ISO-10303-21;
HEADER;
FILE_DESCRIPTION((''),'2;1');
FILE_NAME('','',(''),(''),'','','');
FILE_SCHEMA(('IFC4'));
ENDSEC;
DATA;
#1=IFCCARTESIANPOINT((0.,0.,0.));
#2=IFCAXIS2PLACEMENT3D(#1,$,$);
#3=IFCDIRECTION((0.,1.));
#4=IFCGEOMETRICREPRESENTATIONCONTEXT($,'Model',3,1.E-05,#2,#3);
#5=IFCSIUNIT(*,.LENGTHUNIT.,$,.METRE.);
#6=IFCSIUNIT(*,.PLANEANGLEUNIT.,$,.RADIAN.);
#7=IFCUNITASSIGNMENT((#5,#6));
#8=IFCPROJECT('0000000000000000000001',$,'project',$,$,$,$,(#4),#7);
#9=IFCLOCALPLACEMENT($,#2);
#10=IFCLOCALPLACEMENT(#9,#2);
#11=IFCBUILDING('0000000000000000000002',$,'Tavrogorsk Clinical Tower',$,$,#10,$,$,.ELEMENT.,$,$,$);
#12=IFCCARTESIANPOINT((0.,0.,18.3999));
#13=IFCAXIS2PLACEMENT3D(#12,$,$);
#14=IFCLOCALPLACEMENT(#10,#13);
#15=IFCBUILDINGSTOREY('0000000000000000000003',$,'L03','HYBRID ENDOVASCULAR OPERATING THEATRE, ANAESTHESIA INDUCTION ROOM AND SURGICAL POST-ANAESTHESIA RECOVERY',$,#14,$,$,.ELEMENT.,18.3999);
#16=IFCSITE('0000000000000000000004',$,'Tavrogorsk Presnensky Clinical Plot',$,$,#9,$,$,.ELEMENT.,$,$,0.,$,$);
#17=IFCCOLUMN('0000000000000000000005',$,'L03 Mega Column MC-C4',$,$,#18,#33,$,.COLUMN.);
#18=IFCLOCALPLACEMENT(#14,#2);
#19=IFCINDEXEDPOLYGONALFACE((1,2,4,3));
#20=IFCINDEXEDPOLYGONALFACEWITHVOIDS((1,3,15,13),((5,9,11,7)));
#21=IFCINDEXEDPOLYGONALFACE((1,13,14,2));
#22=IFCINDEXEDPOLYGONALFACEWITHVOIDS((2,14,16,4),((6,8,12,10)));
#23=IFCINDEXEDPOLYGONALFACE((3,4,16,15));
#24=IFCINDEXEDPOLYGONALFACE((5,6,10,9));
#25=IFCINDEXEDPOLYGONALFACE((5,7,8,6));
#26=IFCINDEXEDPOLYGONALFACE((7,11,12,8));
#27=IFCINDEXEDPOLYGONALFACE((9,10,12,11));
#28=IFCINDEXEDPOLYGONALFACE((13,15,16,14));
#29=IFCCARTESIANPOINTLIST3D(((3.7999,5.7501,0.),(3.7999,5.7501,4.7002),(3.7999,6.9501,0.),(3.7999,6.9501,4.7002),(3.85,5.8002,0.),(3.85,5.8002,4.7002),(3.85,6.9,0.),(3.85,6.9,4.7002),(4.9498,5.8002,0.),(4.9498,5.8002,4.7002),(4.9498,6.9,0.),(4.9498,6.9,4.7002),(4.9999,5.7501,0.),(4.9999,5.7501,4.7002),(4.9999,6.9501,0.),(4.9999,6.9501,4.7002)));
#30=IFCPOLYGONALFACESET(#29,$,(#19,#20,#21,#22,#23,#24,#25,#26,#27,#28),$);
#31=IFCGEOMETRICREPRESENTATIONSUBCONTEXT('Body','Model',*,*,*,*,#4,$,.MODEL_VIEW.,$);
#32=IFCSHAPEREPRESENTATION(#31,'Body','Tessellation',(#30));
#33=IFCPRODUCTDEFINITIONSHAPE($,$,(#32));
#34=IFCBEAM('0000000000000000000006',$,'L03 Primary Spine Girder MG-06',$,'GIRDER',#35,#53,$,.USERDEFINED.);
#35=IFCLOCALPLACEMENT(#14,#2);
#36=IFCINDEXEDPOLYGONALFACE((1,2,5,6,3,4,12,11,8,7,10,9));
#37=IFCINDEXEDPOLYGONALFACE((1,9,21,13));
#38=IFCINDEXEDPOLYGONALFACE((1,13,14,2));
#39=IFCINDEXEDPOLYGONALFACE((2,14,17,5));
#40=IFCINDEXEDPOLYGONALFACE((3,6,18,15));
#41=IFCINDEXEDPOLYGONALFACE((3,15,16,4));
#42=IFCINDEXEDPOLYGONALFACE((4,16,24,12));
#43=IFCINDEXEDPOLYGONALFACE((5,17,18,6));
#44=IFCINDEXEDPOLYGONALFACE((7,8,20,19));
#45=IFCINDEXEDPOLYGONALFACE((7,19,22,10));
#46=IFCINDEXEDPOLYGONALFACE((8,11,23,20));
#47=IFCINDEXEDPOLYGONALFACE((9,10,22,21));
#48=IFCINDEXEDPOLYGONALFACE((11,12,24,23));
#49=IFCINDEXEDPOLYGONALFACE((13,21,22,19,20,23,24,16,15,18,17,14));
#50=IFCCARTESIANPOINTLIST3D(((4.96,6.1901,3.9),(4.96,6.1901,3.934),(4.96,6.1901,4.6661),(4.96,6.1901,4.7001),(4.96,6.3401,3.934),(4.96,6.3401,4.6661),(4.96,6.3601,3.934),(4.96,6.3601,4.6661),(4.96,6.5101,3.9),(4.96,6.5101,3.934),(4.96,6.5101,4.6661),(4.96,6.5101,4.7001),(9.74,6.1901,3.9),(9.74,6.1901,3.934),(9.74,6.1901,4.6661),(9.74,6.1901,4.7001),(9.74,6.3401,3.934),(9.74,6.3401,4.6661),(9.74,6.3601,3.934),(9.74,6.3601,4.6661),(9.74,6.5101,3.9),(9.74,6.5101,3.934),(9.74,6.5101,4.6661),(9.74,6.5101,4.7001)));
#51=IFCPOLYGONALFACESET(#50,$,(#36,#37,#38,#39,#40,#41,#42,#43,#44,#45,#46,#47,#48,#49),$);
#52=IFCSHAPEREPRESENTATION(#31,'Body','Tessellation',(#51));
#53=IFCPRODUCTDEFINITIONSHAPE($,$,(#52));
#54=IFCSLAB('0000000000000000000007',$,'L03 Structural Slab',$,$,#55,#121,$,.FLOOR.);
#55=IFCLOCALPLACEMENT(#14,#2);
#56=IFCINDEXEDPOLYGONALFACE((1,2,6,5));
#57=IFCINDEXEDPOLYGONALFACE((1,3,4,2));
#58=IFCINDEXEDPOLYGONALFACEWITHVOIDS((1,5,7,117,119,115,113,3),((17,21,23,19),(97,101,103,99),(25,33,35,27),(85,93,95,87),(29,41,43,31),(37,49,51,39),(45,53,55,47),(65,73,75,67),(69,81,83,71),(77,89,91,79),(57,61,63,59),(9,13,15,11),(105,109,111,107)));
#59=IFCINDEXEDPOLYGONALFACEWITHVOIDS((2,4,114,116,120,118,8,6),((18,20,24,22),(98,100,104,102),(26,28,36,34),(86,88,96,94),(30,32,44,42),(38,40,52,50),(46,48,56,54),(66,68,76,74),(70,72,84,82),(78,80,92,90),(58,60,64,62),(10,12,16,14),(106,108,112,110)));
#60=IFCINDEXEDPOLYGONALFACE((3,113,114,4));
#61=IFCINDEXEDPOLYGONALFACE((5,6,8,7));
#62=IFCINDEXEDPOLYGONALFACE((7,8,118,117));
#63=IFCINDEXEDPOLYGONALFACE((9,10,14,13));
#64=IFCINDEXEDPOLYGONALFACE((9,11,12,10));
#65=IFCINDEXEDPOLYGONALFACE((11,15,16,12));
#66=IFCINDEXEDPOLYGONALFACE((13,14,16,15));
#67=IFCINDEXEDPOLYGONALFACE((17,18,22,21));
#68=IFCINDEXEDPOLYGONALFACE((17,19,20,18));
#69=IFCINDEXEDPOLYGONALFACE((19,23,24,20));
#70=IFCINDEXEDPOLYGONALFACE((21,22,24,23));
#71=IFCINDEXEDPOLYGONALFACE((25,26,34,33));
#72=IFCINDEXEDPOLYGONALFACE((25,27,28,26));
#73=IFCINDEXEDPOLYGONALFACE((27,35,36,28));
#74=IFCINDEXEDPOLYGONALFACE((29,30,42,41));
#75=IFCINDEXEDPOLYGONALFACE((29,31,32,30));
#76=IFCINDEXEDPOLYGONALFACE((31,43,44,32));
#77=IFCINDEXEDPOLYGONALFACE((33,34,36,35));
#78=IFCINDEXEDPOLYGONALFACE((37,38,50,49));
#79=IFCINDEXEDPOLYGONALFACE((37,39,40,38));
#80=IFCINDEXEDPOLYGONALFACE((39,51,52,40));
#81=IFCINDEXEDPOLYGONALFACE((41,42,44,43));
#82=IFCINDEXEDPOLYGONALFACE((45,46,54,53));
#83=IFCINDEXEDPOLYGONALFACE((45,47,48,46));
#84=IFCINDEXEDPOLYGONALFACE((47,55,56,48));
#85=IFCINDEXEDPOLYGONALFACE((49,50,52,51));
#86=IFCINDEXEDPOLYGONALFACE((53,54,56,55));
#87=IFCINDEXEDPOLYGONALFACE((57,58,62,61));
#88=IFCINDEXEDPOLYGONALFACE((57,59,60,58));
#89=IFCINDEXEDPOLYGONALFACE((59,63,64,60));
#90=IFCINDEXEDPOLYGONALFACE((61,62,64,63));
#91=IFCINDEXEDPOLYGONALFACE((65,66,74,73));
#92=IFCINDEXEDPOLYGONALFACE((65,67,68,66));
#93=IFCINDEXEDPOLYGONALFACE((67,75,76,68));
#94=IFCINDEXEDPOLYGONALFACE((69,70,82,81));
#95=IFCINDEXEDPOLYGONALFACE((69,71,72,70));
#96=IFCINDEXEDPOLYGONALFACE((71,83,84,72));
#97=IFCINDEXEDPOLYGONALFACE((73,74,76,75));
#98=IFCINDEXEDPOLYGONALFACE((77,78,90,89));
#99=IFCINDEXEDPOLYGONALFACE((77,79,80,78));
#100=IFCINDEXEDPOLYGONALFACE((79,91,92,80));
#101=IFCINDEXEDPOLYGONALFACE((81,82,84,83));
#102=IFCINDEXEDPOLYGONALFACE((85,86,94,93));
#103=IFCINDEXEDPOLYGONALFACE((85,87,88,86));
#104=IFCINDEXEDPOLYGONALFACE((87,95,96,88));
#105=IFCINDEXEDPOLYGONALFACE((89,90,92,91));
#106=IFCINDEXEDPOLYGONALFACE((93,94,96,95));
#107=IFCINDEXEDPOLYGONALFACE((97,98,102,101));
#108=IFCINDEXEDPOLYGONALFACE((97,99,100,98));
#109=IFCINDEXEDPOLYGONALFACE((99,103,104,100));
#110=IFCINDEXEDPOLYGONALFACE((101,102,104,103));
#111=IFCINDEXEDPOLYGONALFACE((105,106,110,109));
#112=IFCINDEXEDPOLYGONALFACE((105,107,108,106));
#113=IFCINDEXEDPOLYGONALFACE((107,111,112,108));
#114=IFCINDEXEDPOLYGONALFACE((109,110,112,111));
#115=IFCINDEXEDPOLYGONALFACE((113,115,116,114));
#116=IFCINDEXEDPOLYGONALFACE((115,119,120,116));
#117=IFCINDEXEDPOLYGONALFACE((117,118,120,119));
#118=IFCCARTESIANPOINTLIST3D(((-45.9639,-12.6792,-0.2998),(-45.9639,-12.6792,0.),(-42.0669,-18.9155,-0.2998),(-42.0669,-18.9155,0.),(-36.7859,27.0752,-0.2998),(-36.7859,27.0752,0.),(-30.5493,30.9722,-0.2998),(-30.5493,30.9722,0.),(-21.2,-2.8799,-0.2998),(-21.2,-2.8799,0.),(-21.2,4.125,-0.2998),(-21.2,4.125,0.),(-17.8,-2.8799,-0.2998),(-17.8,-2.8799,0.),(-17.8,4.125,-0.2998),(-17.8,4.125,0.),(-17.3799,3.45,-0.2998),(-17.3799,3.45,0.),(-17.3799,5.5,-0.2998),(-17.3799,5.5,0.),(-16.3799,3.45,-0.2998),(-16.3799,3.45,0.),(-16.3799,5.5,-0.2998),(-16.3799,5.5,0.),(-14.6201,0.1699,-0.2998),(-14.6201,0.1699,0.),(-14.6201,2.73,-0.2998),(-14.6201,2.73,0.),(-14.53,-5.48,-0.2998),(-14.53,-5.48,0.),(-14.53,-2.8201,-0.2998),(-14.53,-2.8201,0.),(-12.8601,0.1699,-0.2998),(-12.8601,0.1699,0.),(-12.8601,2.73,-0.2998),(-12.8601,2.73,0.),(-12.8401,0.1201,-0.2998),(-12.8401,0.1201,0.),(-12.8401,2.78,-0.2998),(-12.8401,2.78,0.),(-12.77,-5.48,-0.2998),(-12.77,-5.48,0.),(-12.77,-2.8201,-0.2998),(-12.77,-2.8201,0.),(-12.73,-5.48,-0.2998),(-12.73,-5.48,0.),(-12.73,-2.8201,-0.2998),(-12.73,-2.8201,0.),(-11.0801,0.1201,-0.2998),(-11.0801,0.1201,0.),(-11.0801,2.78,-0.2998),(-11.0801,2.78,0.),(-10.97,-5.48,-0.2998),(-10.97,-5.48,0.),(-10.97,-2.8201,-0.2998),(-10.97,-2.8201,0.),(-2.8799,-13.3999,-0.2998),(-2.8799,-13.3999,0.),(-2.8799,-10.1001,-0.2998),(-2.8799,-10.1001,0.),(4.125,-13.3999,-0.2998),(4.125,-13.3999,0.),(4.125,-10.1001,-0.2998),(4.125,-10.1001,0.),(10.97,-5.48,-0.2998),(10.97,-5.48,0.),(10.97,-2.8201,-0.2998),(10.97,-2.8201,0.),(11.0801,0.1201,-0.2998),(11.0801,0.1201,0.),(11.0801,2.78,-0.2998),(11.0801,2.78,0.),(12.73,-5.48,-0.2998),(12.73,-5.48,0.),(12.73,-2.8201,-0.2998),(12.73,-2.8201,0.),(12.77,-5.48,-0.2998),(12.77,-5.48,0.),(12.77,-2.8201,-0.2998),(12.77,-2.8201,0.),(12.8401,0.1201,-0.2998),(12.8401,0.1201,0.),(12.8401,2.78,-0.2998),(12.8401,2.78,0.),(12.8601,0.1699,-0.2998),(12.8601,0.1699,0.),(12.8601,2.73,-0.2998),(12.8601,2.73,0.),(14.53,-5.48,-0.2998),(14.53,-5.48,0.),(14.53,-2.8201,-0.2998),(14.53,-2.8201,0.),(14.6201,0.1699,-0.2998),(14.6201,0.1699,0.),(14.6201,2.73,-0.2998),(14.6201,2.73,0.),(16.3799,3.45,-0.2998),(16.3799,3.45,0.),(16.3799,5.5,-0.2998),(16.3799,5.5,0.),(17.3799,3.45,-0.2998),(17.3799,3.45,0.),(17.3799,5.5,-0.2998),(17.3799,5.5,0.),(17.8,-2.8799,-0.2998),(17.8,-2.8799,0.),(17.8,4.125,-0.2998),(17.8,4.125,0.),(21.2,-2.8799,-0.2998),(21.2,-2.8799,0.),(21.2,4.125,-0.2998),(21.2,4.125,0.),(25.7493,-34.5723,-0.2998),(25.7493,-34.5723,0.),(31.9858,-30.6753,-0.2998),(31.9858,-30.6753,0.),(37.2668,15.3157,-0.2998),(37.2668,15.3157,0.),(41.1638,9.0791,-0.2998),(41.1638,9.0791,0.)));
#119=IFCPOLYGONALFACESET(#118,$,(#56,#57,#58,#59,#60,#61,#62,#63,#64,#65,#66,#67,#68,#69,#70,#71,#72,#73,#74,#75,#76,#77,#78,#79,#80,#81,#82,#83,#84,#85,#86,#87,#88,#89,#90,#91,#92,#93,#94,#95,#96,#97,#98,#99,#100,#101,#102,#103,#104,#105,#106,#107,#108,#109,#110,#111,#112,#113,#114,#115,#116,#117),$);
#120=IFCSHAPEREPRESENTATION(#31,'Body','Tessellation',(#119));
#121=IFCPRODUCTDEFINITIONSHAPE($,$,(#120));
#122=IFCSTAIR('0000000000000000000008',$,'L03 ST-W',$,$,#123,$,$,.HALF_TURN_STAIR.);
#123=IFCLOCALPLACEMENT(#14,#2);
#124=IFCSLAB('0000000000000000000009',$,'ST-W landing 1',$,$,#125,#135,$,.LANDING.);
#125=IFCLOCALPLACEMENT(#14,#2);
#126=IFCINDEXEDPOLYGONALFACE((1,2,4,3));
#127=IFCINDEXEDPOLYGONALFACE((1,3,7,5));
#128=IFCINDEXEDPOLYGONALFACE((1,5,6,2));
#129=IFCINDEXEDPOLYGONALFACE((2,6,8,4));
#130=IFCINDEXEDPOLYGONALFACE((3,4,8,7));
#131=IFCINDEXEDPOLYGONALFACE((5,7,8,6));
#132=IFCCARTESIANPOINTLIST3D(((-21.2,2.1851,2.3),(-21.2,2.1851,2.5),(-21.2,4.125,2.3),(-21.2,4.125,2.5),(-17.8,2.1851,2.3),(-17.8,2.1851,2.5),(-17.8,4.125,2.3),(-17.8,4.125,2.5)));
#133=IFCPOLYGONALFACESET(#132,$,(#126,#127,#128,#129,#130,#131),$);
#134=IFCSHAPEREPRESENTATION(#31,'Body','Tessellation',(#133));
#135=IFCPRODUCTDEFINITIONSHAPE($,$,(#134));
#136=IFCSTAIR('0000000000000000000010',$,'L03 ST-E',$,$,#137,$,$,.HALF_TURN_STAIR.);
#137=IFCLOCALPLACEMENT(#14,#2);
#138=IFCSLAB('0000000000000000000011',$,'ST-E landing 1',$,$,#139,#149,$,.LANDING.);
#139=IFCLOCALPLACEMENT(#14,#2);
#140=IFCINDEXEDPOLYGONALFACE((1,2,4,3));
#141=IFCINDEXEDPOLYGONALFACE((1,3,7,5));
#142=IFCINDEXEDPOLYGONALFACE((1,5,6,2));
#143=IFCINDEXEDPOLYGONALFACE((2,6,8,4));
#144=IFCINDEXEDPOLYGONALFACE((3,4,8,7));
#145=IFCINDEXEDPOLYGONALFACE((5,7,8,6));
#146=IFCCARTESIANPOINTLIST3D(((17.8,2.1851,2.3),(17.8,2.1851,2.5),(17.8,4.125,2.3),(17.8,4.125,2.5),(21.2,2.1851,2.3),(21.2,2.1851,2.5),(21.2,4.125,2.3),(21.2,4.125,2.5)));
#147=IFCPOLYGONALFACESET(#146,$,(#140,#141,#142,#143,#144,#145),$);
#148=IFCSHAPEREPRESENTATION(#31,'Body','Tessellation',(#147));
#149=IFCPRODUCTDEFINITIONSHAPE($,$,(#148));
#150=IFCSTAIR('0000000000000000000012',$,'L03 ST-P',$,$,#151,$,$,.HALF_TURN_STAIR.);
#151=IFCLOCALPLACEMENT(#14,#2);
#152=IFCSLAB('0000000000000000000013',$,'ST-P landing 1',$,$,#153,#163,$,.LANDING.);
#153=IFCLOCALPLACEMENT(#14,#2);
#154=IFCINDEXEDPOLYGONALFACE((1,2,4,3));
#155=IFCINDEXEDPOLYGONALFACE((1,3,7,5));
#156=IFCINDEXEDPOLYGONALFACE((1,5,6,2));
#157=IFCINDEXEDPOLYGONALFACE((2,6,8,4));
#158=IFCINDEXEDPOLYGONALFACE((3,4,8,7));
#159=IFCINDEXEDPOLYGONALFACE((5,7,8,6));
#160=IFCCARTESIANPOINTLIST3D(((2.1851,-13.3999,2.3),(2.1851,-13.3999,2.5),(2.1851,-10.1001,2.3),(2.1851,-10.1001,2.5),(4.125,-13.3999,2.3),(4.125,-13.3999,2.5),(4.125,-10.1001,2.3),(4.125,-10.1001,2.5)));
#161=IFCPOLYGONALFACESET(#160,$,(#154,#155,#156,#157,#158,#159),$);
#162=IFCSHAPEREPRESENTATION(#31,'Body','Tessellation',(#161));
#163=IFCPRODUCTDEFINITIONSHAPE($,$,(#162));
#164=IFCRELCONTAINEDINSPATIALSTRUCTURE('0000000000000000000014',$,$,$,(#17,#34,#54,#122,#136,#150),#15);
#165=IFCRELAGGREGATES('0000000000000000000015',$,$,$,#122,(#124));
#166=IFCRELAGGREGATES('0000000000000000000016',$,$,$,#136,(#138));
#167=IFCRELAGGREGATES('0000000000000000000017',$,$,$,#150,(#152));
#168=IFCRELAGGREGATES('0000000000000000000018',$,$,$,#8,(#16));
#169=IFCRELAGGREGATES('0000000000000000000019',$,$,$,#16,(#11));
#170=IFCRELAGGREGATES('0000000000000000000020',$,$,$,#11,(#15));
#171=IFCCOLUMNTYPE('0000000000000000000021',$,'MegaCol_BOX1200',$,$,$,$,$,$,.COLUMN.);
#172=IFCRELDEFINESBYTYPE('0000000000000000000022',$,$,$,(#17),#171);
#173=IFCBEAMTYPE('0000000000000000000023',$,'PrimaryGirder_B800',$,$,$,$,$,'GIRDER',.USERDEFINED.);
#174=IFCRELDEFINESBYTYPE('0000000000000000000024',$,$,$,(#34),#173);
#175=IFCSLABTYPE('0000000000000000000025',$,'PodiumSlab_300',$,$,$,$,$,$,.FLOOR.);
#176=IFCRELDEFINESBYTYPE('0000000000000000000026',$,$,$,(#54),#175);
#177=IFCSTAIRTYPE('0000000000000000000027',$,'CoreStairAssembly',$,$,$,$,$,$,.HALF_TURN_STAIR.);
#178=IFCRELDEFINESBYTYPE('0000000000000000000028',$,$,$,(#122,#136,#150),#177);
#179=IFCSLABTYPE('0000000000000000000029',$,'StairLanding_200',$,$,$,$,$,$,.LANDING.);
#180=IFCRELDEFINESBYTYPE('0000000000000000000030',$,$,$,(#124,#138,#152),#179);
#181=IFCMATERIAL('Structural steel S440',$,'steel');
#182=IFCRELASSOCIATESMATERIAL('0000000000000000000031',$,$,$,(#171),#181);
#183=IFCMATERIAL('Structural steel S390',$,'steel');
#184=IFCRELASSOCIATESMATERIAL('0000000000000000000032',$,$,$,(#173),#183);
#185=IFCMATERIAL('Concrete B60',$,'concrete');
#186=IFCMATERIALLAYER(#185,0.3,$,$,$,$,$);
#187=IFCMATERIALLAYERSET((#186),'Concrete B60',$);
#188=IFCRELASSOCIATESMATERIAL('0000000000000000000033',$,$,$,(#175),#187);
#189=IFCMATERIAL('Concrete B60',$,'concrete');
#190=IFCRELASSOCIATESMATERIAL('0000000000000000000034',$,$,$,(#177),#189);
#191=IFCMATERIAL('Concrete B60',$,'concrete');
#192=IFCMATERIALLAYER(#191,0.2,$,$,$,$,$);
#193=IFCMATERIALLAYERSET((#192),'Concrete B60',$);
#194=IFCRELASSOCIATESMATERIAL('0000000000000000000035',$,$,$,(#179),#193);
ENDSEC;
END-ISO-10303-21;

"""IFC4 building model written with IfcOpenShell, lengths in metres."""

from ifc_helpers import new_model, si_unit, direction, frame, origin, origin_2d, place, context, subcontext, project, spatial, polyline, hollow_rectangle, i_section, outline, extrude, material, layer, layer_set, material_profile, profile_set, type_object, element, aggregate, save


model = new_model("IFC4")

# Units and contexts
model_context = context("Model", 3, precision=1e-05, world=origin(), true_north=direction((0.0, 1.0)))
body_context = subcontext(model_context, "Body", "Model", "MODEL_VIEW")
ifc_project = project(units=[si_unit("LENGTHUNIT", "METRE"), si_unit("PLANEANGLEUNIT", "RADIAN")], contexts=[model_context])

# Site, building, storey
site_placement = place(None, origin())
site = spatial("IfcSite", under=ifc_project, at=site_placement, Name="Tavrogorsk Presnensky Clinical Plot", CompositionType="ELEMENT", RefElevation=0.0)
building_placement = place(site_placement, origin())
building = spatial("IfcBuilding", under=site, at=building_placement, Name="Tavrogorsk Clinical Tower", CompositionType="ELEMENT")
storey_placement = place(building_placement, frame((0.0, 0.0, 18.3999)))
storey = spatial("IfcBuildingStorey", under=building, at=storey_placement, Name="L03", Description="HYBRID ENDOVASCULAR OPERATING THEATRE, ANAESTHESIA INDUCTION ROOM AND SURGICAL POST-ANAESTHESIA RECOVERY", CompositionType="ELEMENT", Elevation=18.3999)

# Column
ifc_material_1 = material(Name="Structural steel S440", Category="steel")
ifc_material_profile_1 = material_profile(ifc_material_1, hollow_rectangle(XDim=1.2, YDim=1.2, WallThickness=0.05, at=origin_2d()), Name="BOX-1200x1200x50")
ifc_profile_set_1 = profile_set([ifc_material_profile_1], Name="Structural steel S440")
column_type = type_object("IfcColumnType", Name="MegaCol_BOX1200", PredefinedType="COLUMN", material=ifc_profile_set_1)
column_placement = place(storey_placement, frame((4.3999, 6.3501, 0.0), z_axis=(0.0, 0.0, 1.0), x_axis=(1.0, 0.0, 0.0)))
element("IfcColumn", 1, at=column_placement, inside=storey, type_object=column_type, Name="L03 Mega Column MC-C4", PredefinedType="COLUMN", context=body_context, shape_type="SweptSolid", body=[
    extrude(hollow_rectangle(XDim=1.2, YDim=1.2, WallThickness=0.05, at=origin_2d()), origin(), (0.0, 0.0, 1.0), 4.7002),
])

# Beam
ifc_material_2 = material(Name="Structural steel S390", Category="steel")
ifc_material_profile_2 = material_profile(ifc_material_2, i_section(OverallWidth=0.3201, OverallDepth=0.8, WebThickness=0.02, FlangeThickness=0.0339, at=origin_2d()), Name="B-800x320x20x34")
ifc_profile_set_2 = profile_set([ifc_material_profile_2], Name="Structural steel S390")
beam_type = type_object("IfcBeamType", Name="PrimaryGirder_B800", ElementType="GIRDER", PredefinedType="USERDEFINED", material=ifc_profile_set_2)
beam_placement = place(storey_placement, frame((4.96, 6.3501, 4.3), z_axis=(1.0, 0.0, 0.0), x_axis=(0.0, 1.0, 0.0)))
element("IfcBeam", 2, at=beam_placement, inside=storey, type_object=beam_type, Name="L03 Primary Spine Girder MG-06", ObjectType="GIRDER", PredefinedType="USERDEFINED", context=body_context, shape_type="SweptSolid", body=[
    extrude(i_section(OverallWidth=0.3201, OverallDepth=0.8, WebThickness=0.02, FlangeThickness=0.0339, at=origin_2d()), origin(), (0.0, 0.0, 1.0), 4.78),
])

# Slab
ifc_material_3 = material(Name="Concrete B60", Category="concrete")
ifc_layer_1 = layer(ifc_material_3, 0.3)
ifc_layer_set_1 = layer_set([ifc_layer_1], Name="Concrete B60")
slab_type_1 = type_object("IfcSlabType", Name="PodiumSlab_300", PredefinedType="FLOOR", material=ifc_layer_set_1)
slab_1_placement = place(storey_placement, frame((0.0, 0.0, -0.2998)))
element("IfcSlab", 3, at=slab_1_placement, inside=storey, type_object=slab_type_1, Name="L03 Structural Slab", PredefinedType="FLOOR", context=body_context, shape_type="SweptSolid", body=[
    extrude(outline(polyline([(-42.0669, -18.9155), (25.7493, -34.5723), (31.9858, -30.6753), (41.1638, 9.0791), (37.2668, 15.3157), (-30.5493, 30.9722), (-36.7859, 27.0752), (-45.9639, -12.6792), (-42.0669, -18.9155)]), holes=[polyline([(-17.8, -2.8799), (-17.8, 4.125), (-21.2, 4.125), (-21.2, -2.8799), (-17.8, -2.8799)]), polyline([(21.2, -2.8799), (21.2, 4.125), (17.8, 4.125), (17.8, -2.8799), (21.2, -2.8799)]), polyline([(-2.8799, -13.3999), (4.125, -13.3999), (4.125, -10.1001), (-2.8799, -10.1001), (-2.8799, -13.3999)]), polyline([(-14.6201, 0.1699), (-12.8601, 0.1699), (-12.8601, 2.73), (-14.6201, 2.73), (-14.6201, 0.1699)]), polyline([(-14.53, -5.48), (-12.77, -5.48), (-12.77, -2.8201), (-14.53, -2.8201), (-14.53, -5.48)]), polyline([(-12.73, -5.48), (-10.97, -5.48), (-10.97, -2.8201), (-12.73, -2.8201), (-12.73, -5.48)]), polyline([(-12.8401, 0.1201), (-11.0801, 0.1201), (-11.0801, 2.78), (-12.8401, 2.78), (-12.8401, 0.1201)]), polyline([(12.8601, 0.1699), (14.6201, 0.1699), (14.6201, 2.73), (12.8601, 2.73), (12.8601, 0.1699)]), polyline([(12.77, -5.48), (14.53, -5.48), (14.53, -2.8201), (12.77, -2.8201), (12.77, -5.48)]), polyline([(10.97, -5.48), (12.73, -5.48), (12.73, -2.8201), (10.97, -2.8201), (10.97, -5.48)]), polyline([(11.0801, 0.1201), (12.8401, 0.1201), (12.8401, 2.78), (11.0801, 2.78), (11.0801, 0.1201)]), polyline([(-17.3799, 3.45), (-16.3799, 3.45), (-16.3799, 5.5), (-17.3799, 5.5), (-17.3799, 3.45)]), polyline([(16.3799, 3.45), (17.3799, 3.45), (17.3799, 5.5), (16.3799, 5.5), (16.3799, 3.45)])]), origin(), (0.0, 0.0, 1.0), 0.2998),
])

# Stairs, slabs
ifc_material_4 = material(Name="Concrete B60", Category="concrete")
stair_type = type_object("IfcStairType", Name="CoreStairAssembly", PredefinedType="HALF_TURN_STAIR", material=ifc_material_4)
stair_1_placement = place(storey_placement, origin())
stair_1 = element("IfcStair", 4, at=stair_1_placement, inside=storey, type_object=stair_type, Name="L03 ST-W", PredefinedType="HALF_TURN_STAIR")
ifc_material_5 = material(Name="Concrete B60", Category="concrete")
ifc_layer_2 = layer(ifc_material_5, 0.2)
ifc_layer_set_2 = layer_set([ifc_layer_2], Name="Concrete B60")
slab_type_2 = type_object("IfcSlabType", Name="StairLanding_200", PredefinedType="LANDING", material=ifc_layer_set_2)
slab_2_placement = place(storey_placement, frame((0.0, 0.0, 2.3)))
slab_2 = element("IfcSlab", 5, at=slab_2_placement, type_object=slab_type_2, Name="ST-W landing 1", PredefinedType="LANDING", context=body_context, shape_type="SweptSolid", body=[
    extrude(outline(polyline([(-17.8, 2.1851), (-17.8, 4.125), (-21.2, 4.125), (-21.2, 2.1851), (-17.8, 2.1851)])), origin(), (0.0, 0.0, 1.0), 0.2),
])
aggregate(stair_1, [slab_2])
stair_2_placement = place(storey_placement, origin())
stair_2 = element("IfcStair", 6, at=stair_2_placement, inside=storey, type_object=stair_type, Name="L03 ST-E", PredefinedType="HALF_TURN_STAIR")
slab_3_placement = place(storey_placement, frame((0.0, 0.0, 2.3)))
slab_3 = element("IfcSlab", 7, at=slab_3_placement, type_object=slab_type_2, Name="ST-E landing 1", PredefinedType="LANDING", context=body_context, shape_type="SweptSolid", body=[
    extrude(outline(polyline([(21.2, 2.1851), (21.2, 4.125), (17.8, 4.125), (17.8, 2.1851), (21.2, 2.1851)])), origin(), (0.0, 0.0, 1.0), 0.2),
])
aggregate(stair_2, [slab_3])
stair_3_placement = place(storey_placement, origin())
stair_3 = element("IfcStair", 8, at=stair_3_placement, inside=storey, type_object=stair_type, Name="L03 ST-P", PredefinedType="HALF_TURN_STAIR")
slab_4_placement = place(storey_placement, frame((0.0, 0.0, 2.3)))
slab_4 = element("IfcSlab", 9, at=slab_4_placement, type_object=slab_type_2, Name="ST-P landing 1", PredefinedType="LANDING", context=body_context, shape_type="SweptSolid", body=[
    extrude(outline(polyline([(2.1851, -13.3999), (4.125, -13.3999), (4.125, -10.1001), (2.1851, -10.1001), (2.1851, -13.3999)])), origin(), (0.0, 0.0, 1.0), 0.2),
])
aggregate(stair_3, [slab_4])

save(model, "model.ifc")
